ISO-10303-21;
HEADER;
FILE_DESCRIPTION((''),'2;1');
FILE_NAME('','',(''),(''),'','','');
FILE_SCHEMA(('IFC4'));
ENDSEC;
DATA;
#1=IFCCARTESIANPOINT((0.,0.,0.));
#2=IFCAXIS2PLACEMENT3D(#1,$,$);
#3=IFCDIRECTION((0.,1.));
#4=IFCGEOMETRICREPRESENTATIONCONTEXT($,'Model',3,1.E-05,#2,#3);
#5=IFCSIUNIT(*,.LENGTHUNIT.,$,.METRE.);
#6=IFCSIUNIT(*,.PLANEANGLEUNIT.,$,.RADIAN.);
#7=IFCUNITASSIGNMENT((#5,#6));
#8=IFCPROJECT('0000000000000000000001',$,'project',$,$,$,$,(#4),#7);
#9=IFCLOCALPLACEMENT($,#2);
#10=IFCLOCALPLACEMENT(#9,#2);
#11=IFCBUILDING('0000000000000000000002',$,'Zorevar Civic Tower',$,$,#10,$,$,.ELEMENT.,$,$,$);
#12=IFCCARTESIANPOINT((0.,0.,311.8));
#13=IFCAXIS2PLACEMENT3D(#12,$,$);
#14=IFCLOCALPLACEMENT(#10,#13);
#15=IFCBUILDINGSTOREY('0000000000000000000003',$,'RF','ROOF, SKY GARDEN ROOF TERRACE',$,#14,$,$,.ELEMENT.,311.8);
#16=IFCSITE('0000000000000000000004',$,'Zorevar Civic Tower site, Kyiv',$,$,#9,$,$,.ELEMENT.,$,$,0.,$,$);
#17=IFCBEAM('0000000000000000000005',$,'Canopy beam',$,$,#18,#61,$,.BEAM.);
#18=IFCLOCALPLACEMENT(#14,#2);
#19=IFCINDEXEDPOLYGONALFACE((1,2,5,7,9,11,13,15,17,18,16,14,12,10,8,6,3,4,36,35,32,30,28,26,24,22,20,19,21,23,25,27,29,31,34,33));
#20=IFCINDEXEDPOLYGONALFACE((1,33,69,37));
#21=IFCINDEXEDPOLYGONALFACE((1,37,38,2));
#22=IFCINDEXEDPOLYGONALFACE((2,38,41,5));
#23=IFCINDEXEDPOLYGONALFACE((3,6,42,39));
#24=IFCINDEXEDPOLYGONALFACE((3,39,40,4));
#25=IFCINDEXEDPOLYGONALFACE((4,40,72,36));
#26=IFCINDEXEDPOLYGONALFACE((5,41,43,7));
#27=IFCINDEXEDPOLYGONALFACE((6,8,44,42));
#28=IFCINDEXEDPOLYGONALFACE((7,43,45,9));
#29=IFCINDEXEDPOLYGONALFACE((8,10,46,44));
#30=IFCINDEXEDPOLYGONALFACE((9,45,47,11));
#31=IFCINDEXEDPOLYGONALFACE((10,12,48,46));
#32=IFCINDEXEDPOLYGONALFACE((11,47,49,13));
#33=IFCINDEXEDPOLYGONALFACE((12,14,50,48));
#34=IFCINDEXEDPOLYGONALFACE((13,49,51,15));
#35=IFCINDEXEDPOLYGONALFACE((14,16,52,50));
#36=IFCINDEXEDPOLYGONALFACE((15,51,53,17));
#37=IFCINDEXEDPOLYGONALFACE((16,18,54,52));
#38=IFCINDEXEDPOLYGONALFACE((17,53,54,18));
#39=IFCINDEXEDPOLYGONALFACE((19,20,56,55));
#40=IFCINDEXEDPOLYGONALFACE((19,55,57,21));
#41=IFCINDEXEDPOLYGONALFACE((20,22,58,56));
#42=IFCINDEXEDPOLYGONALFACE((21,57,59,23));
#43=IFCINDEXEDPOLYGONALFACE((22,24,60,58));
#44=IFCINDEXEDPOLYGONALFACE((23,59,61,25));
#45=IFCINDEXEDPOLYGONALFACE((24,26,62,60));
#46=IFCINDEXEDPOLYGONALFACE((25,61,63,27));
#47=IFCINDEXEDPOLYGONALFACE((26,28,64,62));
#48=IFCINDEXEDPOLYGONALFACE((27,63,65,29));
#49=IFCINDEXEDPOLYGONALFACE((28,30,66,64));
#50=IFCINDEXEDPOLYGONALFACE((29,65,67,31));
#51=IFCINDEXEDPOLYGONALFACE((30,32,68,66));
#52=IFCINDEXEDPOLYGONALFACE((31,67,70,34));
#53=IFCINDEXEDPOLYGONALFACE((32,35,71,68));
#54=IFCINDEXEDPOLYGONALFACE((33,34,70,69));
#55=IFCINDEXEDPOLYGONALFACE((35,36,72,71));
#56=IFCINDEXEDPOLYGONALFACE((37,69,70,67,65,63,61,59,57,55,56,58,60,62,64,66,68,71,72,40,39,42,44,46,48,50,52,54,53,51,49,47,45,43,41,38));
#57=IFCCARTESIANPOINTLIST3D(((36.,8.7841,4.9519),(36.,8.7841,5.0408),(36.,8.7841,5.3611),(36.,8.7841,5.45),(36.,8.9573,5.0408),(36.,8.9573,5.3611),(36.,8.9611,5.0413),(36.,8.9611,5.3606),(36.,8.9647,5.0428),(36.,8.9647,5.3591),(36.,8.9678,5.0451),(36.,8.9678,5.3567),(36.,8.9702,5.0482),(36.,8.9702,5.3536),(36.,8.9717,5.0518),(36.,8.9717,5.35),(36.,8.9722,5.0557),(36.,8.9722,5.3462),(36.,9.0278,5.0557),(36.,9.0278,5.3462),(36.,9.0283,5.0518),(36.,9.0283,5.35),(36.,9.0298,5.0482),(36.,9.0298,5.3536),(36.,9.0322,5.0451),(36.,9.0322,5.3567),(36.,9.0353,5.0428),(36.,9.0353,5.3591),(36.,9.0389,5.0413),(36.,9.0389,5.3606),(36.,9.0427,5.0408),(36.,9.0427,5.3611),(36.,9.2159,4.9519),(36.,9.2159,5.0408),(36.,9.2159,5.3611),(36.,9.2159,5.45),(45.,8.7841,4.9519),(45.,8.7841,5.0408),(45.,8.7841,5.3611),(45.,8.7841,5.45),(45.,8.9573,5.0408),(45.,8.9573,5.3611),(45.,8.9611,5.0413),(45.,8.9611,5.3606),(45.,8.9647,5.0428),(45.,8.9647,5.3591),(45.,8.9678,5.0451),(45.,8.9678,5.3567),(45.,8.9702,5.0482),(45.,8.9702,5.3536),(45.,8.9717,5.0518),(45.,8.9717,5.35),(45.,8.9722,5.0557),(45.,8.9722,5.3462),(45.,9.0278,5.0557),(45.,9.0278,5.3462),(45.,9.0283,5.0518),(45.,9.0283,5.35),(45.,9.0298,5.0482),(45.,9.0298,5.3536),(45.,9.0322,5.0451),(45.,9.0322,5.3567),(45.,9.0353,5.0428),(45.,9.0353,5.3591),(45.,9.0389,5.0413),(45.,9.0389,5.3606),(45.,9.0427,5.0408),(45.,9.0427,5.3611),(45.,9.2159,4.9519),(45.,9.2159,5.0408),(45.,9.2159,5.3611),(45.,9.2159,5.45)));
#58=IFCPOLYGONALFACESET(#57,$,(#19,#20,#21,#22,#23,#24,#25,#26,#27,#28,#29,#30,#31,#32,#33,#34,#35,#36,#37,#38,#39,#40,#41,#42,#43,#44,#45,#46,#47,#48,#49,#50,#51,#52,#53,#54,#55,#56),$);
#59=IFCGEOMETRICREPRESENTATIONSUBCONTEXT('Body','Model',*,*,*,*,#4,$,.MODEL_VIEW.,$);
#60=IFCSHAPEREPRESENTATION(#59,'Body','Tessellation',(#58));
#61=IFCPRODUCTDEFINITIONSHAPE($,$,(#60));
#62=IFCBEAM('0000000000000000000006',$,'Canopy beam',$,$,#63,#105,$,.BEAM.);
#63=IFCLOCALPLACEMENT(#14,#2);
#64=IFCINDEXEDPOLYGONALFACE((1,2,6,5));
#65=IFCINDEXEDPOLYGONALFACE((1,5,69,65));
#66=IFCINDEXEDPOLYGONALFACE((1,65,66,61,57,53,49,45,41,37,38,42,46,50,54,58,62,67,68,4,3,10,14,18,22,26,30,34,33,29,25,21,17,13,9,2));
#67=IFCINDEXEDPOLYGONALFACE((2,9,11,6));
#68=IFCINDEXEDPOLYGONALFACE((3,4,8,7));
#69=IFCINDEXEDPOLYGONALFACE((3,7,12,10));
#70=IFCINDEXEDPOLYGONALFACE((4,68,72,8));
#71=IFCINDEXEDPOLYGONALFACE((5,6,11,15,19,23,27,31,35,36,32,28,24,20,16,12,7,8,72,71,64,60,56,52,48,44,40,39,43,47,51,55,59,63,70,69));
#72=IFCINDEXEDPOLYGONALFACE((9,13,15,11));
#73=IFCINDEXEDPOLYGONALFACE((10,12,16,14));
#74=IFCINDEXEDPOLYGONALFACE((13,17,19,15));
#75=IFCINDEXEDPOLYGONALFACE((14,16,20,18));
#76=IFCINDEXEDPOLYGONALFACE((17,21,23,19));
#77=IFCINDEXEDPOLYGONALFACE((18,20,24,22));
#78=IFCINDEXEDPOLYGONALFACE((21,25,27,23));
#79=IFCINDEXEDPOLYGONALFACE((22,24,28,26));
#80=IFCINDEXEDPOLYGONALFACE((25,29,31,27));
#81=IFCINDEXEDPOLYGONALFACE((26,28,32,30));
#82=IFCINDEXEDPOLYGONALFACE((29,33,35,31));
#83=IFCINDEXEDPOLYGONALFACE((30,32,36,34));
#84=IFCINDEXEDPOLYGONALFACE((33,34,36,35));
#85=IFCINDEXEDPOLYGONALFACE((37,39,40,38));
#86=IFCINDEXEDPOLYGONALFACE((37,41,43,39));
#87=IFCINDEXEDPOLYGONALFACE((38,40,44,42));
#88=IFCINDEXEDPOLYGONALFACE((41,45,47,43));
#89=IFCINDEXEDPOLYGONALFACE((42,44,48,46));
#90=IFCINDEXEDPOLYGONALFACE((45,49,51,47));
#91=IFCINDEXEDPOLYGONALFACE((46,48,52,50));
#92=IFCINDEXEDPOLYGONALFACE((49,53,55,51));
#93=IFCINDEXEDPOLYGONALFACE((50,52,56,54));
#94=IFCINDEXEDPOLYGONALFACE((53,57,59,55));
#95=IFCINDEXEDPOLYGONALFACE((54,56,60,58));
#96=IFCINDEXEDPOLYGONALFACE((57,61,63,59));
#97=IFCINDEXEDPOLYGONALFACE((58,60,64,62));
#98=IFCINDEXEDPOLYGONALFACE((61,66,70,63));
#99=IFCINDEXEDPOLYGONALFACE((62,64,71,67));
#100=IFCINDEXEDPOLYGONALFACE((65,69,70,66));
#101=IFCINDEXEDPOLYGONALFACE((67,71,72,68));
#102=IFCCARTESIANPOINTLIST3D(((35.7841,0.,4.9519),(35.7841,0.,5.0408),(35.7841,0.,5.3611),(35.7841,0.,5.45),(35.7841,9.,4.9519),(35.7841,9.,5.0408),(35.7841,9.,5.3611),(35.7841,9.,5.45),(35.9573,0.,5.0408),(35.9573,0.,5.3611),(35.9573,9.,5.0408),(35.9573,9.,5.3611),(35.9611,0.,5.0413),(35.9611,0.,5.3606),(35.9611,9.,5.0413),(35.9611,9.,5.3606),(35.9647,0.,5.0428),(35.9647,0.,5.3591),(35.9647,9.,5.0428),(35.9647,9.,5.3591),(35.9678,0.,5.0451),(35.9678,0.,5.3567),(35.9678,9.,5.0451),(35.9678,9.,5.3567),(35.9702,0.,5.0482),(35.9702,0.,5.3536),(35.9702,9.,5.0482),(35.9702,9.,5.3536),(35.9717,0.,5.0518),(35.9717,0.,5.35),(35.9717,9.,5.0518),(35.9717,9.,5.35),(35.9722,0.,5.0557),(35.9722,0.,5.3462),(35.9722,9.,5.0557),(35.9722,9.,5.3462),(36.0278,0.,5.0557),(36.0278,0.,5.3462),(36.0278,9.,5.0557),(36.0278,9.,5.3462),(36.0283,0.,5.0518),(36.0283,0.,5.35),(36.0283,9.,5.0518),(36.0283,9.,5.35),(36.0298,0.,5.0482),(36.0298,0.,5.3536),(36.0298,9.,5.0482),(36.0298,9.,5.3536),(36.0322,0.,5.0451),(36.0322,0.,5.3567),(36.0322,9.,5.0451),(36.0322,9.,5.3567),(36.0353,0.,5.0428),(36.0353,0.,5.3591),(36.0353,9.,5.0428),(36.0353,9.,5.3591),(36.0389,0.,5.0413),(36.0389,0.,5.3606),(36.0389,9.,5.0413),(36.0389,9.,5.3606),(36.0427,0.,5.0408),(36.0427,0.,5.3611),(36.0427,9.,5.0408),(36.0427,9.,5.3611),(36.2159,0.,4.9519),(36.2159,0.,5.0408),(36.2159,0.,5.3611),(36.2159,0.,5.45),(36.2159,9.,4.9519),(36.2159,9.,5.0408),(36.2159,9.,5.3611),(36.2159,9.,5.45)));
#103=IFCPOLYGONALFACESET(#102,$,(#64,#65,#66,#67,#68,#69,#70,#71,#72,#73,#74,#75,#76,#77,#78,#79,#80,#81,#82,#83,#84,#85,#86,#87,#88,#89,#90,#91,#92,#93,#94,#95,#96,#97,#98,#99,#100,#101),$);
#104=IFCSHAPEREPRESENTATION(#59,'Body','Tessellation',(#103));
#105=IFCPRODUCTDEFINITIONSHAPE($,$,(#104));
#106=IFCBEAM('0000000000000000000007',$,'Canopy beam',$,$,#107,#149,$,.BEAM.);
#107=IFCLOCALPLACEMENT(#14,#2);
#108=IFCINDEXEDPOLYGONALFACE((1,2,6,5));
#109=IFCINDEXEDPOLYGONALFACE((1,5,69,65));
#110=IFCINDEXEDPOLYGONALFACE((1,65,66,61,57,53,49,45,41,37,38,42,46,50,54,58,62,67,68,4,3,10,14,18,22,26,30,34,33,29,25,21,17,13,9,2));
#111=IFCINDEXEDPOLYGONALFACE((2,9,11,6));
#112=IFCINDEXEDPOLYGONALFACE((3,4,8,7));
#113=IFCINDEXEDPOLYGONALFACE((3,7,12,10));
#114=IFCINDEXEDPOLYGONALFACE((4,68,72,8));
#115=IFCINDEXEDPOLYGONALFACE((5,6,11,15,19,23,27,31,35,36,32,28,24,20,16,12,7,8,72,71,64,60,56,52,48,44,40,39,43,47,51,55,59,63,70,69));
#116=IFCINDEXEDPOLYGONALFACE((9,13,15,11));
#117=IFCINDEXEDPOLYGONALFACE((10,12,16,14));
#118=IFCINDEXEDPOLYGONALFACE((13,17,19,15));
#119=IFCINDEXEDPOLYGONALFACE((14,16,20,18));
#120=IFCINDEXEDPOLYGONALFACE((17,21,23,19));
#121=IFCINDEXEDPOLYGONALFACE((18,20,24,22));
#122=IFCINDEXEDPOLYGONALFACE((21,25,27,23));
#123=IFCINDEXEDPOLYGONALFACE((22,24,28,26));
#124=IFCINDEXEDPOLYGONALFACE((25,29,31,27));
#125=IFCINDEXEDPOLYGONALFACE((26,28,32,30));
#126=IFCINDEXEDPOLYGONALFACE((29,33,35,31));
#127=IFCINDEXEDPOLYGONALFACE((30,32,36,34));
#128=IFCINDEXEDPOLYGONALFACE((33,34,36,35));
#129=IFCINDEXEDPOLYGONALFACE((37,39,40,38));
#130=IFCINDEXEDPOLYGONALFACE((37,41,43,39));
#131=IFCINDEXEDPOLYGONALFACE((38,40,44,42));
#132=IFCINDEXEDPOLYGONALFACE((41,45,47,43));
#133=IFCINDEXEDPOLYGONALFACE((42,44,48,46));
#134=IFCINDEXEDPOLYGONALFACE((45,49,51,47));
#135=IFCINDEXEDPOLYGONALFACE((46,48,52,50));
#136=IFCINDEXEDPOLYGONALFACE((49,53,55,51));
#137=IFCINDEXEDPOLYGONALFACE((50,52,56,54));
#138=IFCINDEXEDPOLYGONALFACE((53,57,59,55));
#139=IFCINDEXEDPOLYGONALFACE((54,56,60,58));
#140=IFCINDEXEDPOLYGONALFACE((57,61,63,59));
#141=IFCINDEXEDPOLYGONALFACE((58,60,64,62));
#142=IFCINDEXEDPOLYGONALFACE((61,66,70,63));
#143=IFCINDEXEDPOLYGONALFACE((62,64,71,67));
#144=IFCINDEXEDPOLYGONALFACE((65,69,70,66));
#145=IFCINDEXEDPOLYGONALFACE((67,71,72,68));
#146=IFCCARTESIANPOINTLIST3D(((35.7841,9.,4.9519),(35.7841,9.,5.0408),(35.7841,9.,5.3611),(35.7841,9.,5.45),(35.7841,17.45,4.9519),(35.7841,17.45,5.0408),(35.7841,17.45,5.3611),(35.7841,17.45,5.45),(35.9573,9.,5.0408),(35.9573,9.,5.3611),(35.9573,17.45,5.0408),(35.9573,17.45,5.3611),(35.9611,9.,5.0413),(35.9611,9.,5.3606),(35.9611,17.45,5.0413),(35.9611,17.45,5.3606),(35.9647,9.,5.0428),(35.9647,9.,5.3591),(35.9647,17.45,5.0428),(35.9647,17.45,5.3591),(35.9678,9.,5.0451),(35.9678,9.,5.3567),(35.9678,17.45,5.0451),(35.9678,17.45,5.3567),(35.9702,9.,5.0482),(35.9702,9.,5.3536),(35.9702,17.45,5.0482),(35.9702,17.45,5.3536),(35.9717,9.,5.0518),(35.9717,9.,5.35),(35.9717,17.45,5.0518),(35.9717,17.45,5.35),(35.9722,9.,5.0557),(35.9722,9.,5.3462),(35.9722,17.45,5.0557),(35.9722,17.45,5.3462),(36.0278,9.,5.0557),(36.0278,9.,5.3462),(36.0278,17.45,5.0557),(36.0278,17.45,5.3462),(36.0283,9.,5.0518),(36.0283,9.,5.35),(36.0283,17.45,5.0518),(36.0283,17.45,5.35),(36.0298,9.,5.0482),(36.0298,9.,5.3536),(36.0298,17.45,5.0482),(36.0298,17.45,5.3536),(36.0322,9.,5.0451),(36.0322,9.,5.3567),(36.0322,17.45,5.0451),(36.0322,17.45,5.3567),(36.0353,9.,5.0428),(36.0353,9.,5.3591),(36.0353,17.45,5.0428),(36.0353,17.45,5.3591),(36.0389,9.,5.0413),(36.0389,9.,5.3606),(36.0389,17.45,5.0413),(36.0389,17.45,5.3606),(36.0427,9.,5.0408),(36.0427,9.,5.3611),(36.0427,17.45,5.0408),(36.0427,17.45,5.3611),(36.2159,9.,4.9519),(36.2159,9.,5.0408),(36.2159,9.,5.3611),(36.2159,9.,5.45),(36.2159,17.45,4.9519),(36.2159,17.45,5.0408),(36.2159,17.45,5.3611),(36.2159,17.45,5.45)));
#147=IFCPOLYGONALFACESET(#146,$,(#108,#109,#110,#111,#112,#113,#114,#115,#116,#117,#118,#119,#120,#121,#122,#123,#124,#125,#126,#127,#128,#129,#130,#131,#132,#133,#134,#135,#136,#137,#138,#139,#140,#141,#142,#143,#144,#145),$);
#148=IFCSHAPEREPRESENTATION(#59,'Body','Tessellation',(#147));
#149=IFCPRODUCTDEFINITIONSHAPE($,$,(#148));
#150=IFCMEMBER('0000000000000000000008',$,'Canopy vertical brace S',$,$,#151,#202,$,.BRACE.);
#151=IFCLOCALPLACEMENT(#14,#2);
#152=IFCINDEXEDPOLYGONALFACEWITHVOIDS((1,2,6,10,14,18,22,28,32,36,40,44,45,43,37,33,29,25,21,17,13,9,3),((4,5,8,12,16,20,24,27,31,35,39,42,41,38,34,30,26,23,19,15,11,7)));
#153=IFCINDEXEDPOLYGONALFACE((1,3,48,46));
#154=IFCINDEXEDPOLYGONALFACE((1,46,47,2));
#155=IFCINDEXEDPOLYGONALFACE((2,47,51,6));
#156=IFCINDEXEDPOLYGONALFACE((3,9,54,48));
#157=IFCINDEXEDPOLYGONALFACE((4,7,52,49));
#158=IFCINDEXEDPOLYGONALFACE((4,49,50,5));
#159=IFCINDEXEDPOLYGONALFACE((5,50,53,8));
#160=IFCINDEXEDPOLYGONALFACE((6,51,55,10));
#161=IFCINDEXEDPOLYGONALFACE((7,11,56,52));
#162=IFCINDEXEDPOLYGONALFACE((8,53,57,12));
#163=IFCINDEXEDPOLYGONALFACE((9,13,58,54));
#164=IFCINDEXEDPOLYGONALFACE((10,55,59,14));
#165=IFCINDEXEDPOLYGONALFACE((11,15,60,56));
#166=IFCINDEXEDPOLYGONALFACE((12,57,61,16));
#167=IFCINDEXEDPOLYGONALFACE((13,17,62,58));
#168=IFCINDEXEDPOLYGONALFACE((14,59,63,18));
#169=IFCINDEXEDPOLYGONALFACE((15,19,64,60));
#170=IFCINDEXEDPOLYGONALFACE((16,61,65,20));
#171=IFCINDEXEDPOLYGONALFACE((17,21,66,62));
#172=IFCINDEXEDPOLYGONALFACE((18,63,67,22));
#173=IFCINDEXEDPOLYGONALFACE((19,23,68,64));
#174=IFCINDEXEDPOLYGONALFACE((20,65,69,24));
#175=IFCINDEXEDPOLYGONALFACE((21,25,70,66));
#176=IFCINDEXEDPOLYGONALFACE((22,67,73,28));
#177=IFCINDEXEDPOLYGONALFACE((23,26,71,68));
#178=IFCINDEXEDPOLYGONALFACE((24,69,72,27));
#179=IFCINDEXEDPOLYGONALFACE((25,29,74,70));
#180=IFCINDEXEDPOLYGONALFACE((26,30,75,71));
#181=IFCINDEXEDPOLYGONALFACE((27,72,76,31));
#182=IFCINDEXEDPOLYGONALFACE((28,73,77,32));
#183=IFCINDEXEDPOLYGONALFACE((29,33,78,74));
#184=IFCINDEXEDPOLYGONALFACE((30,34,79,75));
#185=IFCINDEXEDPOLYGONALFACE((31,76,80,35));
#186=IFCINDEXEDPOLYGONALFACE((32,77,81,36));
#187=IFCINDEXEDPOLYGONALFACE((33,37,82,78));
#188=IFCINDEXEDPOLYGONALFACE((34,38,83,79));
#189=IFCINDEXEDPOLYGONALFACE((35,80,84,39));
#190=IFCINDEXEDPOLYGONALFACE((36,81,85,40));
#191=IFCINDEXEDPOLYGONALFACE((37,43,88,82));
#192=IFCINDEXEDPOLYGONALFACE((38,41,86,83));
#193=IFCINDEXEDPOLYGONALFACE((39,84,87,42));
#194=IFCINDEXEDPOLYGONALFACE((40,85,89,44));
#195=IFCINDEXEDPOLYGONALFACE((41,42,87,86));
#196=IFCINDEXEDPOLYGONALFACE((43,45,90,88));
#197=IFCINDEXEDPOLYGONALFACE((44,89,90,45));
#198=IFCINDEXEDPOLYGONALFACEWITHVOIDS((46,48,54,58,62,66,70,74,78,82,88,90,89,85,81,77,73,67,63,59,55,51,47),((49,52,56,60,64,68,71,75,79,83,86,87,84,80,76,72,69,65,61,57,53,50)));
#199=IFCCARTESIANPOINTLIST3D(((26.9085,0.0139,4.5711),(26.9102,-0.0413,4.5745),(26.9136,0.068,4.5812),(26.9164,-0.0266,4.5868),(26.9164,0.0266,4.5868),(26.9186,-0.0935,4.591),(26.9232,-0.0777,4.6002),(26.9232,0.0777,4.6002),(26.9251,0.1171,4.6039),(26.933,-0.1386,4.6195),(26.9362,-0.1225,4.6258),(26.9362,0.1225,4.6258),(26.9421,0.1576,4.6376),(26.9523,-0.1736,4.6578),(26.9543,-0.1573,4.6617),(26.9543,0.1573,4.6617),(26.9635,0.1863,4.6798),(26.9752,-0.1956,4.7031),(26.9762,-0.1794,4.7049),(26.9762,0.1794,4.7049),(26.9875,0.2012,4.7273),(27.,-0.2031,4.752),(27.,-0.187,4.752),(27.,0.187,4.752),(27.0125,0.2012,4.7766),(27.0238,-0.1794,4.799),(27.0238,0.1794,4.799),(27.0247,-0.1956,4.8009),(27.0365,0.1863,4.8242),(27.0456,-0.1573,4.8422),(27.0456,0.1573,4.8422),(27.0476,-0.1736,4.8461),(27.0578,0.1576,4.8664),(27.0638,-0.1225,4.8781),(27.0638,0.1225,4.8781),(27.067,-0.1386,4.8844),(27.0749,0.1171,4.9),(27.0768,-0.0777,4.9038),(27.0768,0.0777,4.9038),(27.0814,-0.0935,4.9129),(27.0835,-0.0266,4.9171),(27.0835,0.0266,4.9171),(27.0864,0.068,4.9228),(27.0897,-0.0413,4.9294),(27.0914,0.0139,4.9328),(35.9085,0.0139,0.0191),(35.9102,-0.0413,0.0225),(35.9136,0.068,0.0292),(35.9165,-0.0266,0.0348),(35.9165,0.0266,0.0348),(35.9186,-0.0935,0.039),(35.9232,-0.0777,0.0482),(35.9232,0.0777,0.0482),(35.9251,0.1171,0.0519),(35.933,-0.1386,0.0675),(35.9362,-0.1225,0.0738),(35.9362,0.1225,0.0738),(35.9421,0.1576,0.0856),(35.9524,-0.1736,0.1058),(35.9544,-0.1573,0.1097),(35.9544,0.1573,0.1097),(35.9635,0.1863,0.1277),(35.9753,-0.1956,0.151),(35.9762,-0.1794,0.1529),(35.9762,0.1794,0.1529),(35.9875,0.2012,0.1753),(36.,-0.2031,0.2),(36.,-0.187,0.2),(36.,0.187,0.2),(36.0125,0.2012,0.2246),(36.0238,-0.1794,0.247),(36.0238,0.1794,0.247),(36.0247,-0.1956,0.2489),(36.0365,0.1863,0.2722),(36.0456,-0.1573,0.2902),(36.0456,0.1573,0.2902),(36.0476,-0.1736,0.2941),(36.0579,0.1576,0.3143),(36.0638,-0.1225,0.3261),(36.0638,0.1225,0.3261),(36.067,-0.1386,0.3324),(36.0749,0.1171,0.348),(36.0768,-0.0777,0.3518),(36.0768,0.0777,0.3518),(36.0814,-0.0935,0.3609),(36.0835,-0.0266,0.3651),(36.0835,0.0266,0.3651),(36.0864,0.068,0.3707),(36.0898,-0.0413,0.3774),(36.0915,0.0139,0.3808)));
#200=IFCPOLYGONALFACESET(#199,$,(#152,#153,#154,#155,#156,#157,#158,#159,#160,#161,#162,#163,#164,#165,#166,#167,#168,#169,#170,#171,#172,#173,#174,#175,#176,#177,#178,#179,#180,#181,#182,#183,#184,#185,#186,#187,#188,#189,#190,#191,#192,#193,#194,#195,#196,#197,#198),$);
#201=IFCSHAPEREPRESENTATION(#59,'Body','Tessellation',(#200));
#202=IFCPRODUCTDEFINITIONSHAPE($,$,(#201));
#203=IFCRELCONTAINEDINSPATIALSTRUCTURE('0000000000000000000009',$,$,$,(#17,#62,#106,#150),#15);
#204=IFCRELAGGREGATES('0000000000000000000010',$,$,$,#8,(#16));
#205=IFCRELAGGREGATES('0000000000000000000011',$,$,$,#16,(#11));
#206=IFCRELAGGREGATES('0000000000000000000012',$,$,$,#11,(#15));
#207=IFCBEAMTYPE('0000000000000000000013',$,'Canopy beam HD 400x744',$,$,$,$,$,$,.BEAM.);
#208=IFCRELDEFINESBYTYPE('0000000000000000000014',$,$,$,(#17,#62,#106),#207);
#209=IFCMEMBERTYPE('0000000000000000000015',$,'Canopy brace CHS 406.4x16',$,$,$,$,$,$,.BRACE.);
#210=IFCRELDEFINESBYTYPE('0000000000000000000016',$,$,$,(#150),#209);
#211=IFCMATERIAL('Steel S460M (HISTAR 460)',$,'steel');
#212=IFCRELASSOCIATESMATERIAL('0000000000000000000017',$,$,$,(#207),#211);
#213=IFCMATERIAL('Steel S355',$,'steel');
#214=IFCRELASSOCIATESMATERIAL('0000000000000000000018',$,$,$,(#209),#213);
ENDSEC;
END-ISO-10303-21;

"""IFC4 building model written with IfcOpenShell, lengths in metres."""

from ifc_helpers import new_model, si_unit, direction, frame, origin, origin_2d, place, context, subcontext, project, spatial, hollow_circle, i_section, extrude, material, material_profile, profile_set, type_object, element, save


model = new_model("IFC4")

# Units and contexts
model_context = context("Model", 3, precision=1e-05, world=origin(), true_north=direction((0.0, 1.0)))
body_context = subcontext(model_context, "Body", "Model", "MODEL_VIEW")
ifc_project = project(units=[si_unit("LENGTHUNIT", "METRE"), si_unit("PLANEANGLEUNIT", "RADIAN")], contexts=[model_context])

# Site, building, storey
site_placement = place(None, origin())
site = spatial("IfcSite", under=ifc_project, at=site_placement, Name="Zorevar Civic Tower site, Kyiv", CompositionType="ELEMENT", RefElevation=0.0)
building_placement = place(site_placement, origin())
building = spatial("IfcBuilding", under=site, at=building_placement, Name="Zorevar Civic Tower", CompositionType="ELEMENT")
storey_placement = place(building_placement, frame((0.0, 0.0, 311.8)))
storey = spatial("IfcBuildingStorey", under=building, at=storey_placement, Name="RF", Description="ROOF, SKY GARDEN ROOF TERRACE", CompositionType="ELEMENT", Elevation=311.8)

# Beams
ifc_material_1 = material(Name="Steel S460M (HISTAR 460)", Category="steel")
ifc_material_profile_1 = material_profile(ifc_material_1, i_section(OverallWidth=0.4319, OverallDepth=0.498, WebThickness=0.0557, FlangeThickness=0.0889, FilletRadius=0.0149, at=origin_2d()), Name="HD 400x744")
ifc_profile_set_1 = profile_set([ifc_material_profile_1], Name="Steel S460M (HISTAR 460)")
beam_type = type_object("IfcBeamType", Name="Canopy beam HD 400x744", PredefinedType="BEAM", material=ifc_profile_set_1)
for number, where, z_axis, x_axis, name in (
    (1, (36.0, 9.0, 5.2009), (1.0, 0.0, 0.0), (0.0, 1.0, 0.0), "Canopy beam"),
    (2, (36.0, 0.0, 5.2009), (0.0, 1.0, 0.0), (-1.0, 0.0, 0.0), "Canopy beam"),
):
    element("IfcBeam", number, at=place(storey_placement, frame(where, z_axis=z_axis, x_axis=x_axis)), inside=storey, type_object=beam_type, Name=name, PredefinedType="BEAM", context=body_context, shape_type="SweptSolid", body=[
        extrude(i_section(OverallWidth=0.4319, OverallDepth=0.498, WebThickness=0.0557, FlangeThickness=0.0889, FilletRadius=0.0149, at=origin_2d()), origin(), (0.0, 0.0, 1.0), 9.0),
    ])
beam_placement = place(storey_placement, frame((36.0, 9.0, 5.2009), z_axis=(0.0, 1.0, 0.0), x_axis=(-1.0, 0.0, 0.0)))
element("IfcBeam", 3, at=beam_placement, inside=storey, type_object=beam_type, Name="Canopy beam", PredefinedType="BEAM", context=body_context, shape_type="SweptSolid", body=[
    extrude(i_section(OverallWidth=0.4319, OverallDepth=0.498, WebThickness=0.0557, FlangeThickness=0.0889, FilletRadius=0.0149, at=origin_2d()), origin(), (0.0, 0.0, 1.0), 8.45),
])

# Member
ifc_material_2 = material(Name="Steel S355", Category="steel")
ifc_material_profile_2 = material_profile(ifc_material_2, hollow_circle(Radius=0.2031, WallThickness=0.0161, at=origin_2d()), Name="CHS 406.4x16")
ifc_profile_set_2 = profile_set([ifc_material_profile_2], Name="Steel S355")
member_type_1 = type_object("IfcMemberType", Name="Canopy brace CHS 406.4x16", PredefinedType="BRACE", material=ifc_profile_set_2)
for number, where, z_axis, x_axis, name in (
    (4, (36.0, 0.0, 0.2), (-0.892355, 0.0, 0.451334), (0.0, -1.0, 0.0), "Canopy vertical brace S"),
):
    element("IfcMember", number, at=place(storey_placement, frame(where, z_axis=z_axis, x_axis=x_axis)), inside=storey, type_object=member_type_1, Name=name, PredefinedType="BRACE", context=body_context, shape_type="SweptSolid", body=[
        extrude(hollow_circle(Radius=0.2031, WallThickness=0.0161, at=origin_2d()), origin(), (0.0, 0.0, 1.0), 10.0857),
    ])

save(model, "model.ifc")
